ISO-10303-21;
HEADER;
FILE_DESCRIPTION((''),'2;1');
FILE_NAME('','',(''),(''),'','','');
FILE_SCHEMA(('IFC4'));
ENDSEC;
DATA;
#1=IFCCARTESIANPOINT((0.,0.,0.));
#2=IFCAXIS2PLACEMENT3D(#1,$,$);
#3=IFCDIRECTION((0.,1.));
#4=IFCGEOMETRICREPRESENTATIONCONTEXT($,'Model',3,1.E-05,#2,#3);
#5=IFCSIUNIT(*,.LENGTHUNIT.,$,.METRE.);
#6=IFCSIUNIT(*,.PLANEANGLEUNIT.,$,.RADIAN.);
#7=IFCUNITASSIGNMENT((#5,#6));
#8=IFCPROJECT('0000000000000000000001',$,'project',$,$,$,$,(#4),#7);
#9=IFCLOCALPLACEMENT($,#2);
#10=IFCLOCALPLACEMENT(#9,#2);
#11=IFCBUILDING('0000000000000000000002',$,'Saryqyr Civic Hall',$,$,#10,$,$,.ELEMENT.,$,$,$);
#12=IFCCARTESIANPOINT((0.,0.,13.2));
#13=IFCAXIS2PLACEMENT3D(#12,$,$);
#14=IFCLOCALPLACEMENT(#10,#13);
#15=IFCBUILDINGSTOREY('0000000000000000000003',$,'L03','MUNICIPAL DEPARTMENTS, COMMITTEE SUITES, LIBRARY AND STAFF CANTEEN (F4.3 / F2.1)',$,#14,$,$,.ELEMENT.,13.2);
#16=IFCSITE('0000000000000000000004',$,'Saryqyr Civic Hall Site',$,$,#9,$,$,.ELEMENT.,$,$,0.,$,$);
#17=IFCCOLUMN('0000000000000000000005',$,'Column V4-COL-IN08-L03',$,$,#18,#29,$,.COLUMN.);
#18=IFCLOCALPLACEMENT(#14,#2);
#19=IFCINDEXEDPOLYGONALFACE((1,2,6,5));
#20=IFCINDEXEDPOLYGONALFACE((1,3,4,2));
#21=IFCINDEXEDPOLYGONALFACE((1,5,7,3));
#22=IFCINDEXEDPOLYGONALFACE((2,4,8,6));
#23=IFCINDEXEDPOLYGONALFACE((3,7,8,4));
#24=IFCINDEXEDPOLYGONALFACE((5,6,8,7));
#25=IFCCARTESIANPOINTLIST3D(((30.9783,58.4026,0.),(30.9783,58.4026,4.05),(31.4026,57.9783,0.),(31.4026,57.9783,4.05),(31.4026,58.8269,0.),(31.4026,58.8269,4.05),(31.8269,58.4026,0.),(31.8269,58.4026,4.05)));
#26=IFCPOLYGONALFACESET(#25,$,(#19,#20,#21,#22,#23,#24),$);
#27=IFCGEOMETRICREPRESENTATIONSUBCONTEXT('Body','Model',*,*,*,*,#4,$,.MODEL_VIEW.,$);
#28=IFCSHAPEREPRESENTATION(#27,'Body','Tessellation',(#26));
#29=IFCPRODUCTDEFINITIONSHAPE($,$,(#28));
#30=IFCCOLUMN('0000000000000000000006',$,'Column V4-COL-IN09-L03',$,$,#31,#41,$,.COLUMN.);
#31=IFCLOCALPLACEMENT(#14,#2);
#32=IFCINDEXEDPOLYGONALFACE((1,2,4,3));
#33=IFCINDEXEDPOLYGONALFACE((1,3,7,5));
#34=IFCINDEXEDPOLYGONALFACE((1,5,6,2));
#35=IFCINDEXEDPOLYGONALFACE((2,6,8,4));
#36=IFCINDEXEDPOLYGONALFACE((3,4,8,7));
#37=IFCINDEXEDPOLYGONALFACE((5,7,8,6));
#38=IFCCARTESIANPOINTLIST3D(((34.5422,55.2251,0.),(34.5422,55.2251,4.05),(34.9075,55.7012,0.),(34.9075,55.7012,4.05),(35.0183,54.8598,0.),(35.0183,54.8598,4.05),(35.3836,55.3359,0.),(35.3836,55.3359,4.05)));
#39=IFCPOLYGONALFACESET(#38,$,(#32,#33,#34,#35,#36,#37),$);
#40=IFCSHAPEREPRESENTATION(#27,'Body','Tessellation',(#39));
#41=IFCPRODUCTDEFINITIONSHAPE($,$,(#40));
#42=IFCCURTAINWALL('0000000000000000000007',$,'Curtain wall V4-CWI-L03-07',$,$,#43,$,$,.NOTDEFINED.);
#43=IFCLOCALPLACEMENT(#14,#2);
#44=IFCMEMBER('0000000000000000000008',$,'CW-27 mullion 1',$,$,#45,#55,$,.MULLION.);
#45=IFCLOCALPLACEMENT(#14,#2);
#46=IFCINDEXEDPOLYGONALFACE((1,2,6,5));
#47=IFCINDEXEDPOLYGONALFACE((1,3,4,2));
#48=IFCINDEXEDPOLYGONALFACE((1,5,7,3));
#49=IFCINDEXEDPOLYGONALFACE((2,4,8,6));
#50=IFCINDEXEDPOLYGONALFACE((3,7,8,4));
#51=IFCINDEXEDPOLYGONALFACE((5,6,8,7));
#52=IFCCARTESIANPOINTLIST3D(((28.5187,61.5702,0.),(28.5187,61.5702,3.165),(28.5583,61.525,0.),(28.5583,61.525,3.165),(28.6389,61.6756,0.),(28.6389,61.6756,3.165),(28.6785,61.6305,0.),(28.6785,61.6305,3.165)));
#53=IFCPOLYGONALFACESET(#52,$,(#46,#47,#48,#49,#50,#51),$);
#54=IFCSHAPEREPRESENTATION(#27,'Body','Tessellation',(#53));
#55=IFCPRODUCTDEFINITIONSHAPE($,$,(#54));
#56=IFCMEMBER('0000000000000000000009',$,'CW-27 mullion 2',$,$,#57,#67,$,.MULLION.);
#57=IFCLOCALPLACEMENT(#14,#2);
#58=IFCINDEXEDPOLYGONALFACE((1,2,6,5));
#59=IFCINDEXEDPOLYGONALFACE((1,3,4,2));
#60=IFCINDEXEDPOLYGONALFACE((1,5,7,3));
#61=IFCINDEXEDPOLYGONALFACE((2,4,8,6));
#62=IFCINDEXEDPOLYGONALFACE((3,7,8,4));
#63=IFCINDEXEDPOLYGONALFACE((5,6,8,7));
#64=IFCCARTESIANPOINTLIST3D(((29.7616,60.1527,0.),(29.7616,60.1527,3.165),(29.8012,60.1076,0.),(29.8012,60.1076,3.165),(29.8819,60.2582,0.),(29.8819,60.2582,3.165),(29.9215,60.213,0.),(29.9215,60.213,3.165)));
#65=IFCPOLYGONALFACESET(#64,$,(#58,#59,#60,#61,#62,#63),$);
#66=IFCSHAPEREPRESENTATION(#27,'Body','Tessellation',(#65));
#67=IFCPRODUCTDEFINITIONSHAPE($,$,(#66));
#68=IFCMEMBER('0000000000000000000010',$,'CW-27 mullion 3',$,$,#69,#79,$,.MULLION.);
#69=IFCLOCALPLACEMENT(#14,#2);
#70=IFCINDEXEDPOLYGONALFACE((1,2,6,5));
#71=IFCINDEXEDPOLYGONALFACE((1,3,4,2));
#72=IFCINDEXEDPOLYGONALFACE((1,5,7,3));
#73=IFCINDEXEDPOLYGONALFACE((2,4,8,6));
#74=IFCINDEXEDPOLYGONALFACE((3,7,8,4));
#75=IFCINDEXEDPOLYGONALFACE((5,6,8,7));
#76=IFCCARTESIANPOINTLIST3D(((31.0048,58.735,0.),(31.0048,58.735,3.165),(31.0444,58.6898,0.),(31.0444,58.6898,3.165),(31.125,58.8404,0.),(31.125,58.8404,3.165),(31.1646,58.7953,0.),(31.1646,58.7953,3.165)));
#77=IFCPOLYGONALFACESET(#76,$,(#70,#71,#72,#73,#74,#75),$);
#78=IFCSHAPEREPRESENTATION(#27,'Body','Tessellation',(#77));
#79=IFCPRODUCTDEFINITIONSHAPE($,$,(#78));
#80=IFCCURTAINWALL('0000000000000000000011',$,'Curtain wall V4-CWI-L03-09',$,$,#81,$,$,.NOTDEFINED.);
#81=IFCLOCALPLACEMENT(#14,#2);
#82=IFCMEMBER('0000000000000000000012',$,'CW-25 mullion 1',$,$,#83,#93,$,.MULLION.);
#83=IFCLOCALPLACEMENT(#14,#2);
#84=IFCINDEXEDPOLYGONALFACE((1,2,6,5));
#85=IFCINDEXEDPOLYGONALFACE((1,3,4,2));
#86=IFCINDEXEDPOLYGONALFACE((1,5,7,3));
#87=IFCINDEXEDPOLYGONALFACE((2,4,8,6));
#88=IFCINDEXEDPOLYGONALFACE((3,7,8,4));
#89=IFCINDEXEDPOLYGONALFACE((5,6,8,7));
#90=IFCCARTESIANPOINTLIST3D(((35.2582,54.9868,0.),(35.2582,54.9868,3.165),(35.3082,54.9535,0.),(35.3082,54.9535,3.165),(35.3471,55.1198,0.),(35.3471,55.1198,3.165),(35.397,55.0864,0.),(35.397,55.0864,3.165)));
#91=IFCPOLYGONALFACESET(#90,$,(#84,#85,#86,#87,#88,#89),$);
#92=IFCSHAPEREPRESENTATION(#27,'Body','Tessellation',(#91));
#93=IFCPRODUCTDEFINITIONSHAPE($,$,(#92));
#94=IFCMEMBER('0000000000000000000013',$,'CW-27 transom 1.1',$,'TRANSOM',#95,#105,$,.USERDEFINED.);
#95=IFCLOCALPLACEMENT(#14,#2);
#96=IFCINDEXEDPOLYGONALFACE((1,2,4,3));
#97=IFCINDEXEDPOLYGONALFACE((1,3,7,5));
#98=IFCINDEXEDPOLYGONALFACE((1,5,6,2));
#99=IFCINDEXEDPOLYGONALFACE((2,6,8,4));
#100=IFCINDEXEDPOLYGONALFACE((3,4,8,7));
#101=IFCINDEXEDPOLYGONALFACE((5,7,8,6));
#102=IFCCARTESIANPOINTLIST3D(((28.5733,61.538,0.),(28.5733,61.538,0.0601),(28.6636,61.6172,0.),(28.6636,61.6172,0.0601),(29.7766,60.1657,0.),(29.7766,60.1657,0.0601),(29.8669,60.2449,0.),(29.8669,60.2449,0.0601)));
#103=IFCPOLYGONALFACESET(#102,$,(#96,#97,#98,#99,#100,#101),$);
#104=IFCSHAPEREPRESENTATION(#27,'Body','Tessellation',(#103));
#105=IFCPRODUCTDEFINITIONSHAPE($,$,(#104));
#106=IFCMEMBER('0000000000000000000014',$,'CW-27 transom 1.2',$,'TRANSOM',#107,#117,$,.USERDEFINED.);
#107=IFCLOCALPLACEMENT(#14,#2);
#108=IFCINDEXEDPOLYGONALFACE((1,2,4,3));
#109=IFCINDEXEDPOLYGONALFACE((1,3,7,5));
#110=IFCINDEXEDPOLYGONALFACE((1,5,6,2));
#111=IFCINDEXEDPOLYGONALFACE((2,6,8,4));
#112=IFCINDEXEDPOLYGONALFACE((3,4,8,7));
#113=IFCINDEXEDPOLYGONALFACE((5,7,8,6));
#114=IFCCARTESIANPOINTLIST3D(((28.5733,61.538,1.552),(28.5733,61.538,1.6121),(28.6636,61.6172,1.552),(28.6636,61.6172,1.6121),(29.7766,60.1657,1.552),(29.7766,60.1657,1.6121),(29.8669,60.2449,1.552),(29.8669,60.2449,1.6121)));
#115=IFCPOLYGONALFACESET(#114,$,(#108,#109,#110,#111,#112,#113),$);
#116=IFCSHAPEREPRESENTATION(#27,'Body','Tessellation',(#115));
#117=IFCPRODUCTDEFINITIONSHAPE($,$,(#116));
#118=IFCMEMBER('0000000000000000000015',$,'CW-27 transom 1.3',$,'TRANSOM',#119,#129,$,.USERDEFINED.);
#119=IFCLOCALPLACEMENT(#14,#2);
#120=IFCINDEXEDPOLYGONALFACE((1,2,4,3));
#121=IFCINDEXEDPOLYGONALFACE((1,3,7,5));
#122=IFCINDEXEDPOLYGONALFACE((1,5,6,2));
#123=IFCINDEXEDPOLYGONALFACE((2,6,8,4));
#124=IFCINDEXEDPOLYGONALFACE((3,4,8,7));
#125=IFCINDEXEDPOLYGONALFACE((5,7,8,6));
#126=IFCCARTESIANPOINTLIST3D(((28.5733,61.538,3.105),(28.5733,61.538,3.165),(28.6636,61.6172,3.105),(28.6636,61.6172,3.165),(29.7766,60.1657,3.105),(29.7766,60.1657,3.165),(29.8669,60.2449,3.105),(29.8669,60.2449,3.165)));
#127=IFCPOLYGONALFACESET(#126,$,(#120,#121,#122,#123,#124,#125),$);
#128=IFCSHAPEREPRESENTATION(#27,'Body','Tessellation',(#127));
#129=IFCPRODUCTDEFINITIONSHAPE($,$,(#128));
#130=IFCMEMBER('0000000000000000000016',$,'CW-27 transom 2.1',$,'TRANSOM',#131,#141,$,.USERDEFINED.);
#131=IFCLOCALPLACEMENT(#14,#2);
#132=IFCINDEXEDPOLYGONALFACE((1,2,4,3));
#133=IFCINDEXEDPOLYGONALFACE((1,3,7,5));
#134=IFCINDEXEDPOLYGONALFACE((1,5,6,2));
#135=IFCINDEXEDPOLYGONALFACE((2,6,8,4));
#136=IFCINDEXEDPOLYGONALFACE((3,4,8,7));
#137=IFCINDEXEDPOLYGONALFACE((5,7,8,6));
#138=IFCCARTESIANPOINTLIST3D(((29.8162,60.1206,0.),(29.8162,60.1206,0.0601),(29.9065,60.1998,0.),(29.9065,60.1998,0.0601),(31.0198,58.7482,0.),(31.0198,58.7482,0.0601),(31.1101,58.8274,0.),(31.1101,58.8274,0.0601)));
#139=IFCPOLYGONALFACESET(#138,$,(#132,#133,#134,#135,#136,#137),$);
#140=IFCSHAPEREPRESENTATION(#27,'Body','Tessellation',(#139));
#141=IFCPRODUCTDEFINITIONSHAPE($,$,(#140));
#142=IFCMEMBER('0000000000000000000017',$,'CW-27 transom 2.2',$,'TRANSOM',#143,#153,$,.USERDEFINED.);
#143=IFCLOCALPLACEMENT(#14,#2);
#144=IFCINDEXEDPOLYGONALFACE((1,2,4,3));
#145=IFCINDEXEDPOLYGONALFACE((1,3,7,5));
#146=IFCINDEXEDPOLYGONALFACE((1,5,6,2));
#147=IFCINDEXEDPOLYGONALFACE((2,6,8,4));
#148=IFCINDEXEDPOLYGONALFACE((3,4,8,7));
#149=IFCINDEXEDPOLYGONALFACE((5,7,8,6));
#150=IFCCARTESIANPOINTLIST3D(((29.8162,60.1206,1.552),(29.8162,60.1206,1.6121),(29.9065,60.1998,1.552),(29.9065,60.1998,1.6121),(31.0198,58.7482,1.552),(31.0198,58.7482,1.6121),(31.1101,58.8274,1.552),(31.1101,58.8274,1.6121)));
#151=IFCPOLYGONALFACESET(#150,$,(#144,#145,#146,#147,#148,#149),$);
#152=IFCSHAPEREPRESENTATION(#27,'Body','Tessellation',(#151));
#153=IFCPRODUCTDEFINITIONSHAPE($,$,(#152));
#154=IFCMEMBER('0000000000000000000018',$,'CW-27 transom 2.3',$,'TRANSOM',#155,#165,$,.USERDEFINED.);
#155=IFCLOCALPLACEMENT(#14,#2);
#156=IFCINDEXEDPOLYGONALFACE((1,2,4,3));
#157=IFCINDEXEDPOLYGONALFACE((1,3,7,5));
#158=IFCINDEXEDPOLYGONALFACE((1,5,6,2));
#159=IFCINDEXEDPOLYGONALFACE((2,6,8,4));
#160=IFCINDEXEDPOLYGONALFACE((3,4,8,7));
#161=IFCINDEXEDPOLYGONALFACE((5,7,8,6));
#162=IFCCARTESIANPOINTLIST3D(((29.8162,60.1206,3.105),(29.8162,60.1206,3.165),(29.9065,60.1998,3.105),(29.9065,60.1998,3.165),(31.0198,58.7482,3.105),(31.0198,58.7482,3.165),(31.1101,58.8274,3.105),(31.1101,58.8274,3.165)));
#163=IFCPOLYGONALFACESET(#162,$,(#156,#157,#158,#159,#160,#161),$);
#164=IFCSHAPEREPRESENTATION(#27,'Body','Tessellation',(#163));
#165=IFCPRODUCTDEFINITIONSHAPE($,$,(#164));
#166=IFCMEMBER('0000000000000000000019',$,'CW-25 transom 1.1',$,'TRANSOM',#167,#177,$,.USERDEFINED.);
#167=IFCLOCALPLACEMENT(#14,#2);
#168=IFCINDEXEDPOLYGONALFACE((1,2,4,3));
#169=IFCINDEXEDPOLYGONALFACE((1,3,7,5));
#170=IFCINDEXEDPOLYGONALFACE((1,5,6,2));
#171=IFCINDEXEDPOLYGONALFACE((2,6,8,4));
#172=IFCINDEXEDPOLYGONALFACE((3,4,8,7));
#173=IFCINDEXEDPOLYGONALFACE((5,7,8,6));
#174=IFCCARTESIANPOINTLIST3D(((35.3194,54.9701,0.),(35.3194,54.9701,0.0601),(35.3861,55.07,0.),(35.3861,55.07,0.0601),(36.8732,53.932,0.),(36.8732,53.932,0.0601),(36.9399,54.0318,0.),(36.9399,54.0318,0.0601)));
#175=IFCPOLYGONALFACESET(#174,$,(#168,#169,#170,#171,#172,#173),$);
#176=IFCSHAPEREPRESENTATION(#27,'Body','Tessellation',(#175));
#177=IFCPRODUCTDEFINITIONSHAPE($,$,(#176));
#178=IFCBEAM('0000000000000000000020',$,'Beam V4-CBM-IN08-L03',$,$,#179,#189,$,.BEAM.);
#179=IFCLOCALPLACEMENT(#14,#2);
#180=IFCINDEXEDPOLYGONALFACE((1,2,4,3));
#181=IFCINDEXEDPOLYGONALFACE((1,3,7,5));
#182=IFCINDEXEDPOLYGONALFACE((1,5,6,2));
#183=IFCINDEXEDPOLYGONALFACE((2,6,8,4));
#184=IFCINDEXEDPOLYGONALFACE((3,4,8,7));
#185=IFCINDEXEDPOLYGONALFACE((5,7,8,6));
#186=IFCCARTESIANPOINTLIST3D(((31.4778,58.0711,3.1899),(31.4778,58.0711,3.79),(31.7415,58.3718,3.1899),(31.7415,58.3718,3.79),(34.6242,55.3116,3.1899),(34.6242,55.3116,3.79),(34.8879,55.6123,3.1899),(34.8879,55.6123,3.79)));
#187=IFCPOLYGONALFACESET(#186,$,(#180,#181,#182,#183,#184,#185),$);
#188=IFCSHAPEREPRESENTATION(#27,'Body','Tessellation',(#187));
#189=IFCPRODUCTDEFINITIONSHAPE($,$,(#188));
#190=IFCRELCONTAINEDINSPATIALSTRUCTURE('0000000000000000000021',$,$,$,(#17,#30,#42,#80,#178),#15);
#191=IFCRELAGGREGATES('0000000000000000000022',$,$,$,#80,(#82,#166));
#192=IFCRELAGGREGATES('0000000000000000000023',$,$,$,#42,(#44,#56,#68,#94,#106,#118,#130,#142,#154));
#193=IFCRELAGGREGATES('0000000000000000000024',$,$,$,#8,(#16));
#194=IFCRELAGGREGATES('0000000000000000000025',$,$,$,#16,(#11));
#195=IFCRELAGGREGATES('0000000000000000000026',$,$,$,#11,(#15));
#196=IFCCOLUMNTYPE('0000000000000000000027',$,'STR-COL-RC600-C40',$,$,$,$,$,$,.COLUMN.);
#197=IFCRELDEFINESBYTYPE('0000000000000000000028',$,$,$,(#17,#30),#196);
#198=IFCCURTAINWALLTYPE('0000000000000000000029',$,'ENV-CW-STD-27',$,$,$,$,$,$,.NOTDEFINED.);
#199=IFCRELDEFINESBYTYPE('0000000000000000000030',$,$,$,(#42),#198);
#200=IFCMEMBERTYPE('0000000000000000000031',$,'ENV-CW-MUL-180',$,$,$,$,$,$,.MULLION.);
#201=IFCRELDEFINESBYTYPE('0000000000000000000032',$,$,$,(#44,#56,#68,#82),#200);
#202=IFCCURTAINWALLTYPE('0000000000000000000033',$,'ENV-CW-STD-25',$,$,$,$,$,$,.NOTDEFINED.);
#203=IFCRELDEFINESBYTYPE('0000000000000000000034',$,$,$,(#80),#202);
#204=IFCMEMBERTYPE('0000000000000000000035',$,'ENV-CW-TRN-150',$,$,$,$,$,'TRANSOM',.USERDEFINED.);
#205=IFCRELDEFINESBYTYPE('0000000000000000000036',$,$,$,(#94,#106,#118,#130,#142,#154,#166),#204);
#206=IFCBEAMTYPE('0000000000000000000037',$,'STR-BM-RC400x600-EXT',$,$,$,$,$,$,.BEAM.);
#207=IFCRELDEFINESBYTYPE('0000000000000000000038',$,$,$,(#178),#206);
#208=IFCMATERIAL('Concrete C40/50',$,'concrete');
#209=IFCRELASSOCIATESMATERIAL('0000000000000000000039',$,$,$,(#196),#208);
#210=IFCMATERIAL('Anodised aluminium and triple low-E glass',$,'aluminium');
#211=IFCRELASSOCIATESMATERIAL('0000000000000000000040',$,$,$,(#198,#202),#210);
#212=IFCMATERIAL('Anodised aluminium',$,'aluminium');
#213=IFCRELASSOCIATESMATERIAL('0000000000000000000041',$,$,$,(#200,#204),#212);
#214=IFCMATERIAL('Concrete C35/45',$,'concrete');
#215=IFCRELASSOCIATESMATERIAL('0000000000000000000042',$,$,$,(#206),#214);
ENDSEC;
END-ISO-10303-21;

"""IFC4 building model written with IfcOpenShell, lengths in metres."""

from ifc_helpers import new_model, si_unit, direction, frame, origin, origin_2d, place, context, subcontext, project, spatial, rectangle, extrude, material, material_profile, profile_set, type_object, element, aggregate, save


model = new_model("IFC4")

# Units and contexts
model_context = context("Model", 3, precision=1e-05, world=origin(), true_north=direction((0.0, 1.0)))
body_context = subcontext(model_context, "Body", "Model", "MODEL_VIEW")
ifc_project = project(units=[si_unit("LENGTHUNIT", "METRE"), si_unit("PLANEANGLEUNIT", "RADIAN")], contexts=[model_context])

# Site, building, storey
site_placement = place(None, origin())
site = spatial("IfcSite", under=ifc_project, at=site_placement, Name="Saryqyr Civic Hall Site", CompositionType="ELEMENT", RefElevation=0.0)
building_placement = place(site_placement, origin())
building = spatial("IfcBuilding", under=site, at=building_placement, Name="Saryqyr Civic Hall", CompositionType="ELEMENT")
storey_placement = place(building_placement, frame((0.0, 0.0, 13.2)))
storey = spatial("IfcBuildingStorey", under=building, at=storey_placement, Name="L03", Description="MUNICIPAL DEPARTMENTS, COMMITTEE SUITES, LIBRARY AND STAFF CANTEEN (F4.3 / F2.1)", CompositionType="ELEMENT", Elevation=13.2)

# Columns
ifc_material_1 = material(Name="Concrete C40/50", Category="concrete")
ifc_material_profile_1 = material_profile(ifc_material_1, rectangle(XDim=0.6001, YDim=0.6001, at=origin_2d()), Name="RC 600x600")
ifc_profile_set_1 = profile_set([ifc_material_profile_1], Name="Concrete C40/50")
column_type = type_object("IfcColumnType", Name="STR-COL-RC600-C40", PredefinedType="COLUMN", material=ifc_profile_set_1)
for number, where, z_axis, x_axis, name in (
    (1, (31.4026, 58.4026, 0.0), (0.0, 0.0, 1.0), (-0.707107, -0.707107, 0.0), "Column V4-COL-IN08-L03"),
    (2, (34.9629, 55.2805, 0.0), (0.0, 0.0, 1.0), (-0.608761, -0.793353, 0.0), "Column V4-COL-IN09-L03"),
):
    element("IfcColumn", number, at=place(storey_placement, frame(where, z_axis=z_axis, x_axis=x_axis)), inside=storey, type_object=column_type, Name=name, PredefinedType="COLUMN", context=body_context, shape_type="SweptSolid", body=[
        extrude(rectangle(XDim=0.6001, YDim=0.6001, at=origin_2d()), origin(), (0.0, 0.0, 1.0), 4.05),
    ])

# Curtain wall, members
ifc_material_2 = material(Name="Anodised aluminium and triple low-E glass", Category="aluminium")
curtain_wall_type_1 = type_object("IfcCurtainWallType", Name="ENV-CW-STD-27", PredefinedType="NOTDEFINED", material=ifc_material_2)
curtain_wall_1_placement = place(storey_placement, origin())
curtain_wall_1 = element("IfcCurtainWall", 3, at=curtain_wall_1_placement, inside=storey, type_object=curtain_wall_type_1, Name="Curtain wall V4-CWI-L03-07", PredefinedType="NOTDEFINED")
ifc_material_3 = material(Name="Anodised aluminium", Category="aluminium")
ifc_material_profile_2 = material_profile(ifc_material_3, rectangle(XDim=0.0601, YDim=0.1599, at=origin_2d()), Name="ALU MULLION 60x160")
ifc_profile_set_2 = profile_set([ifc_material_profile_2], Name="Anodised aluminium")
member_type_1 = type_object("IfcMemberType", Name="ENV-CW-MUL-180", PredefinedType="MULLION", material=ifc_profile_set_2)
member_1_placement = place(storey_placement, frame((28.5986, 61.6003, 0.0), z_axis=(0.0, 0.0, 1.0), x_axis=(0.659334, -0.75185, 0.0)))
member_1 = element("IfcMember", 4, at=member_1_placement, type_object=member_type_1, Name="CW-27 mullion 1", PredefinedType="MULLION", context=body_context, shape_type="SweptSolid", body=[
    extrude(rectangle(XDim=0.0601, YDim=0.1599, at=origin_2d()), origin(), (0.0, 0.0, 1.0), 3.165),
])
member_2_placement = place(storey_placement, frame((29.8416, 60.1829, 0.0), z_axis=(0.0, 0.0, 1.0), x_axis=(0.659334, -0.75185, 0.0)))
member_2 = element("IfcMember", 5, at=member_2_placement, type_object=member_type_1, Name="CW-27 mullion 2", PredefinedType="MULLION", context=body_context, shape_type="SweptSolid", body=[
    extrude(rectangle(XDim=0.0601, YDim=0.1599, at=origin_2d()), origin(), (0.0, 0.0, 1.0), 3.165),
])
member_3_placement = place(storey_placement, frame((31.0847, 58.7651, 0.0), z_axis=(0.0, 0.0, 1.0), x_axis=(0.659334, -0.75185, 0.0)))
member_3 = element("IfcMember", 6, at=member_3_placement, type_object=member_type_1, Name="CW-27 mullion 3", PredefinedType="MULLION", context=body_context, shape_type="SweptSolid", body=[
    extrude(rectangle(XDim=0.0601, YDim=0.1599, at=origin_2d()), origin(), (0.0, 0.0, 1.0), 3.165),
])

# Curtain wall, member
curtain_wall_type_2 = type_object("IfcCurtainWallType", Name="ENV-CW-STD-25", PredefinedType="NOTDEFINED", material=ifc_material_2)
curtain_wall_2_placement = place(storey_placement, origin())
curtain_wall_2 = element("IfcCurtainWall", 7, at=curtain_wall_2_placement, inside=storey, type_object=curtain_wall_type_2, Name="Curtain wall V4-CWI-L03-09", PredefinedType="NOTDEFINED")
member_4_placement = place(storey_placement, frame((35.3276, 55.0366, 0.0), z_axis=(0.0, 0.0, 1.0), x_axis=(0.83148, -0.555554, 0.0)))
member_4 = element("IfcMember", 8, at=member_4_placement, type_object=member_type_1, Name="CW-25 mullion 1", PredefinedType="MULLION", context=body_context, shape_type="SweptSolid", body=[
    extrude(rectangle(XDim=0.0601, YDim=0.1599, at=origin_2d()), origin(), (0.0, 0.0, 1.0), 3.165),
])

# Members
ifc_material_profile_3 = material_profile(ifc_material_3, rectangle(XDim=0.1201, YDim=0.0601, at=origin_2d()), Name="ALU TRANSOM 120x60")
ifc_profile_set_3 = profile_set([ifc_material_profile_3], Name="Anodised aluminium")
member_type_2 = type_object("IfcMemberType", Name="ENV-CW-TRN-150", ElementType="TRANSOM", PredefinedType="USERDEFINED", material=ifc_profile_set_3)
member_5_placement = place(storey_placement, frame((28.6184, 61.5776, 0.03), z_axis=(0.659309, -0.751872, 0.0), x_axis=(0.751872, 0.659309, 0.0)))
member_5 = element("IfcMember", 9, at=member_5_placement, type_object=member_type_2, Name="CW-27 transom 1.1", ObjectType="TRANSOM", PredefinedType="USERDEFINED", context=body_context, shape_type="SweptSolid", body=[
    extrude(rectangle(XDim=0.1201, YDim=0.0601, at=origin_2d()), origin(), (0.0, 0.0, 1.0), 1.8252),
])
member_6_placement = place(storey_placement, frame((28.6184, 61.5776, 1.582), z_axis=(0.659309, -0.751872, 0.0), x_axis=(0.751872, 0.659309, 0.0)))
member_6 = element("IfcMember", 10, at=member_6_placement, type_object=member_type_2, Name="CW-27 transom 1.2", ObjectType="TRANSOM", PredefinedType="USERDEFINED", context=body_context, shape_type="SweptSolid", body=[
    extrude(rectangle(XDim=0.1201, YDim=0.0601, at=origin_2d()), origin(), (0.0, 0.0, 1.0), 1.8252),
])
member_7_placement = place(storey_placement, frame((28.6184, 61.5776, 3.135), z_axis=(0.659309, -0.751872, 0.0), x_axis=(0.751872, 0.659309, 0.0)))
member_7 = element("IfcMember", 11, at=member_7_placement, type_object=member_type_2, Name="CW-27 transom 1.3", ObjectType="TRANSOM", PredefinedType="USERDEFINED", context=body_context, shape_type="SweptSolid", body=[
    extrude(rectangle(XDim=0.1201, YDim=0.0601, at=origin_2d()), origin(), (0.0, 0.0, 1.0), 1.8252),
])
member_8_placement = place(storey_placement, frame((29.8613, 60.1602, 0.03), z_axis=(0.659385, -0.751806, 0.0), x_axis=(0.751806, 0.659385, 0.0)))
member_8 = element("IfcMember", 12, at=member_8_placement, type_object=member_type_2, Name="CW-27 transom 2.1", ObjectType="TRANSOM", PredefinedType="USERDEFINED", context=body_context, shape_type="SweptSolid", body=[
    extrude(rectangle(XDim=0.1201, YDim=0.0601, at=origin_2d()), origin(), (0.0, 0.0, 1.0), 1.8254),
])
member_9_placement = place(storey_placement, frame((29.8613, 60.1602, 1.582), z_axis=(0.659385, -0.751806, 0.0), x_axis=(0.751806, 0.659385, 0.0)))
member_9 = element("IfcMember", 13, at=member_9_placement, type_object=member_type_2, Name="CW-27 transom 2.2", ObjectType="TRANSOM", PredefinedType="USERDEFINED", context=body_context, shape_type="SweptSolid", body=[
    extrude(rectangle(XDim=0.1201, YDim=0.0601, at=origin_2d()), origin(), (0.0, 0.0, 1.0), 1.8254),
])
member_10_placement = place(storey_placement, frame((29.8613, 60.1602, 3.135), z_axis=(0.659385, -0.751806, 0.0), x_axis=(0.751806, 0.659385, 0.0)))
member_10 = element("IfcMember", 14, at=member_10_placement, type_object=member_type_2, Name="CW-27 transom 2.3", ObjectType="TRANSOM", PredefinedType="USERDEFINED", context=body_context, shape_type="SweptSolid", body=[
    extrude(rectangle(XDim=0.1201, YDim=0.0601, at=origin_2d()), origin(), (0.0, 0.0, 1.0), 1.8254),
])
member_11_placement = place(storey_placement, frame((35.3528, 55.02, 0.03), z_axis=(0.831487, -0.555544, 0.0), x_axis=(0.555544, 0.831487, 0.0)))
member_11 = element("IfcMember", 15, at=member_11_placement, type_object=member_type_2, Name="CW-25 transom 1.1", ObjectType="TRANSOM", PredefinedType="USERDEFINED", context=body_context, shape_type="SweptSolid", body=[
    extrude(rectangle(XDim=0.1201, YDim=0.0601, at=origin_2d()), origin(), (0.0, 0.0, 1.0), 1.8687),
])
aggregate(curtain_wall_2, [member_4, member_11])

# Beam
ifc_material_4 = material(Name="Concrete C35/45", Category="concrete")
ifc_material_profile_4 = material_profile(ifc_material_4, rectangle(XDim=0.3999, YDim=0.6001, at=origin_2d()), Name="RC 400x600")
ifc_profile_set_4 = profile_set([ifc_material_profile_4], Name="Concrete C35/45")
beam_type_1 = type_object("IfcBeamType", Name="STR-BM-RC400x600-EXT", PredefinedType="BEAM", material=ifc_profile_set_4)
for number, where, z_axis, x_axis, name in (
    (16, (31.6096, 58.2214, 3.49), (0.751825, -0.659363, 0.0), (0.659363, 0.751825, 0.0), "Beam V4-CBM-IN08-L03"),
):
    element("IfcBeam", number, at=place(storey_placement, frame(where, z_axis=z_axis, x_axis=x_axis)), inside=storey, type_object=beam_type_1, Name=name, PredefinedType="BEAM", context=body_context, shape_type="SweptSolid", body=[
        extrude(rectangle(XDim=0.3999, YDim=0.6001, at=origin_2d()), origin(), (0.0, 0.0, 1.0), 4.1851),
    ])

aggregate(curtain_wall_1, [member_1, member_2, member_3, member_5, member_6, member_7, member_8, member_9, member_10])

save(model, "model.ifc")
